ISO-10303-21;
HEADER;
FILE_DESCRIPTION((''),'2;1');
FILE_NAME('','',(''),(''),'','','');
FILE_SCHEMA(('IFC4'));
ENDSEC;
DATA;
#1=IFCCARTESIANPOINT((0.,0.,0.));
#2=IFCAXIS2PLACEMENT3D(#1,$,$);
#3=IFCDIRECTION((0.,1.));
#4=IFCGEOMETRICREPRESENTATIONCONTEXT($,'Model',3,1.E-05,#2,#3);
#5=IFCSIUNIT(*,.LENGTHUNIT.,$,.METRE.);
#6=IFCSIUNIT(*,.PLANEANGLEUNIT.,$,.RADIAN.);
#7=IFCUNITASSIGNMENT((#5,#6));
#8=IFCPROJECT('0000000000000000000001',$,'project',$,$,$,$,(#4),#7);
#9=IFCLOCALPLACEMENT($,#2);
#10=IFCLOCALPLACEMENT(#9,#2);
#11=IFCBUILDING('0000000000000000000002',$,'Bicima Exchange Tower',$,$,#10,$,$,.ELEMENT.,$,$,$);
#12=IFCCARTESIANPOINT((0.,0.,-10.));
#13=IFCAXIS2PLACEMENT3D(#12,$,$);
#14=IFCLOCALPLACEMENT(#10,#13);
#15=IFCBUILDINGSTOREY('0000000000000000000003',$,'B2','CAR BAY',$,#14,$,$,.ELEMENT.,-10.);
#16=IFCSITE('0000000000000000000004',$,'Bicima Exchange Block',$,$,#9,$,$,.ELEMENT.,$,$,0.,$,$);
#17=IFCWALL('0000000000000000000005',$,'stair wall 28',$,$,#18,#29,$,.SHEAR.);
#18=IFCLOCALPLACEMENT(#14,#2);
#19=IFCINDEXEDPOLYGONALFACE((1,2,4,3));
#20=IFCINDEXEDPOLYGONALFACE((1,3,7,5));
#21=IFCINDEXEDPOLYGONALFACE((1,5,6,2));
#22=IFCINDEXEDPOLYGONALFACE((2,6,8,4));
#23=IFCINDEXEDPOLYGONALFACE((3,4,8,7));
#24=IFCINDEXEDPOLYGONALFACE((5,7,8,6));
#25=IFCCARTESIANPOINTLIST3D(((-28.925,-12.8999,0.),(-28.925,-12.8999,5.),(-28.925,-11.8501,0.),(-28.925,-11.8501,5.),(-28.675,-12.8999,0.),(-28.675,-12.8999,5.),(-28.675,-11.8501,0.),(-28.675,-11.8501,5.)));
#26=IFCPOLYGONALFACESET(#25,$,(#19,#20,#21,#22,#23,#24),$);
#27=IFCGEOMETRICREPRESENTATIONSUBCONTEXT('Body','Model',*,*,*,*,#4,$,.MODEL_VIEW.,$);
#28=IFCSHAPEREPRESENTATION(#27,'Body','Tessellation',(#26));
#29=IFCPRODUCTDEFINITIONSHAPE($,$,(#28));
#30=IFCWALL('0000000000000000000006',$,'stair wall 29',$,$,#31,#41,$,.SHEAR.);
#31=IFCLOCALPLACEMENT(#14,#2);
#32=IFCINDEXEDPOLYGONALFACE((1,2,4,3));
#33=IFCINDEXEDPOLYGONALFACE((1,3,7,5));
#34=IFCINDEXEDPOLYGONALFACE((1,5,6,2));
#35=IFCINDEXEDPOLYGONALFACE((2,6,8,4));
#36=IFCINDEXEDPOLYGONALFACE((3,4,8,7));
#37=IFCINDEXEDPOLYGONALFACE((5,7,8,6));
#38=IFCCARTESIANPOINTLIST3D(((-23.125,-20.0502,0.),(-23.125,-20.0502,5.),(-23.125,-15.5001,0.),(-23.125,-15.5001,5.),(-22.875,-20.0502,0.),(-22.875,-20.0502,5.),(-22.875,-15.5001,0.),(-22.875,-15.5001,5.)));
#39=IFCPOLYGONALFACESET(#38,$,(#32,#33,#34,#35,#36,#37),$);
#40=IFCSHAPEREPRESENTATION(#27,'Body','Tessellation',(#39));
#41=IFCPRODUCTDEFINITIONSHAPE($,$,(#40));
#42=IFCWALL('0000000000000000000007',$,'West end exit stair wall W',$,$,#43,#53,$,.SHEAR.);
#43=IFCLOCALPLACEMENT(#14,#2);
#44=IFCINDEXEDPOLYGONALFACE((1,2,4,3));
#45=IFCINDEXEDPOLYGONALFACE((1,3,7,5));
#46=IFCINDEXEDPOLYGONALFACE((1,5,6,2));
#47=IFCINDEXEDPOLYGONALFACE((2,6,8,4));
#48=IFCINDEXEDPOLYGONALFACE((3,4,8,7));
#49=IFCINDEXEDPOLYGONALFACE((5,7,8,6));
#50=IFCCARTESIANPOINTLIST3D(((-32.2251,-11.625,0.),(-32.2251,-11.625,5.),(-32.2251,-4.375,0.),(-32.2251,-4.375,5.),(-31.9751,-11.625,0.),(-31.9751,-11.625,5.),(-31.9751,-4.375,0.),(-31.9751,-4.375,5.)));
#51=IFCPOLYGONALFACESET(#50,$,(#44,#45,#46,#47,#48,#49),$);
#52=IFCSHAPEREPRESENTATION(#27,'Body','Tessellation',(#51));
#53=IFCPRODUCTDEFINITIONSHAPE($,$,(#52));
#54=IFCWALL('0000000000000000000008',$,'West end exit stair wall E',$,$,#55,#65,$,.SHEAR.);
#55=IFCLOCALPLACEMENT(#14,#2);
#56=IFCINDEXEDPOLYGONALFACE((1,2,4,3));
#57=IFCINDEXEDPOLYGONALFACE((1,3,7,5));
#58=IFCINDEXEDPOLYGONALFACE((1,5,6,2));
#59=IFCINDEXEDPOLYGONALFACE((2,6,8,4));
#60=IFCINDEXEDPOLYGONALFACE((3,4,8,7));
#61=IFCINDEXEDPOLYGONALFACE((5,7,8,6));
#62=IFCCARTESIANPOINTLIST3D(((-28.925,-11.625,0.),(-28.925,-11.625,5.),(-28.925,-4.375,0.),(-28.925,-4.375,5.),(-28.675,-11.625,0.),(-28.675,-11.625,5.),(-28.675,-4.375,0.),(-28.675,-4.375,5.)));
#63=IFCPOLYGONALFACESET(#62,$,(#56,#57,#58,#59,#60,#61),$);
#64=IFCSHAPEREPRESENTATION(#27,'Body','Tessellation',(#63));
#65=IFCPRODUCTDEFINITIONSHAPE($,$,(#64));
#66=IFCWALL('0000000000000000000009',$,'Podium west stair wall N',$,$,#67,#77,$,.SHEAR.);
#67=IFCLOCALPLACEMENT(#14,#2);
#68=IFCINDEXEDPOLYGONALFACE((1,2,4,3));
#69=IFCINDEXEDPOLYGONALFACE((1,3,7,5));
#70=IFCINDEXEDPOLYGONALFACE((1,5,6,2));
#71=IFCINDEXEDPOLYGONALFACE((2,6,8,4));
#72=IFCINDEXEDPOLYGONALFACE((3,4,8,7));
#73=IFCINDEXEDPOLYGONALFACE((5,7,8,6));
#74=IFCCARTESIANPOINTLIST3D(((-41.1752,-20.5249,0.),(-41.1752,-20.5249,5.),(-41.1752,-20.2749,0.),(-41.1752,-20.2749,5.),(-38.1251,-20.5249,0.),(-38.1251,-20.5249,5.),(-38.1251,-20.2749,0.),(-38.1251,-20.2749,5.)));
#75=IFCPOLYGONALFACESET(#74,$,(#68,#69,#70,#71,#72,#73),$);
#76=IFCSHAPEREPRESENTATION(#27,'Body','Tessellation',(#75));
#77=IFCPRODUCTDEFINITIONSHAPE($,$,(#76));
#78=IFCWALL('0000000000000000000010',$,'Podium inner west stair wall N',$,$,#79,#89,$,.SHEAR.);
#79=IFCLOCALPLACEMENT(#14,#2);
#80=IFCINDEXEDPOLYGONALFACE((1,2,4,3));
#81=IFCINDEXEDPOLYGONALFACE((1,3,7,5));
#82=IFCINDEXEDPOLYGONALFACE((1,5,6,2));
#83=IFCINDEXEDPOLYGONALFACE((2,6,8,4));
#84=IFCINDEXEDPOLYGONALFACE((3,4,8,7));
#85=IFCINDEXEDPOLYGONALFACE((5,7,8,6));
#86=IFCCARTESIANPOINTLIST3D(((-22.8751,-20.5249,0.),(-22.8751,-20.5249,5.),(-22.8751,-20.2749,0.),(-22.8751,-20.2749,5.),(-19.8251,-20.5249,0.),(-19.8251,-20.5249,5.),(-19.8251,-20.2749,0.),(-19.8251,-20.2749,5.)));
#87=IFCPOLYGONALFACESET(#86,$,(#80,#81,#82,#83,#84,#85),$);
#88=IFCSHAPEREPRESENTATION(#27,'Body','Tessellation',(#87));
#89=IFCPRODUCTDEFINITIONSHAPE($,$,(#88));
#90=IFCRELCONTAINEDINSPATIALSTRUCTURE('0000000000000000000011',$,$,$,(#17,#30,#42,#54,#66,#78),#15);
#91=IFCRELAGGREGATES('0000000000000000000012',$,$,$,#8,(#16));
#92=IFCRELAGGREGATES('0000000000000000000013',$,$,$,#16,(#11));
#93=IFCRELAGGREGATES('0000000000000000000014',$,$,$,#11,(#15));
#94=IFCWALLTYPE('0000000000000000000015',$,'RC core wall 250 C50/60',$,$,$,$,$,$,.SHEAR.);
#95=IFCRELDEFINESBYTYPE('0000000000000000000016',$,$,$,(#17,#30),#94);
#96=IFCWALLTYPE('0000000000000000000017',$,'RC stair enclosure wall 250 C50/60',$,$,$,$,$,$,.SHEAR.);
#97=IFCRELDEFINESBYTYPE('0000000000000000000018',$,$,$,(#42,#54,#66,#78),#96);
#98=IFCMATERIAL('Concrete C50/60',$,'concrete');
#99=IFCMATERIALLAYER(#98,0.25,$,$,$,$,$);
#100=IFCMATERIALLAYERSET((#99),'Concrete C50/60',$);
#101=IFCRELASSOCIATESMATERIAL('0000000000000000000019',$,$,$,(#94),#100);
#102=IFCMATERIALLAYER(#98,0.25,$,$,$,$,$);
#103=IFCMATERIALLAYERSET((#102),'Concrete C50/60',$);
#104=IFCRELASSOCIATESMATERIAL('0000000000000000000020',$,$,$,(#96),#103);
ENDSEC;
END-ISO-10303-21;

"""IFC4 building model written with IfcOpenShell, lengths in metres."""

from ifc_helpers import new_model, si_unit, direction, frame, frame_2d, origin, place, context, subcontext, project, spatial, rectangle, extrude, material, layer, layer_set, type_object, element, save


model = new_model("IFC4")

# Units and contexts
model_context = context("Model", 3, precision=1e-05, world=origin(), true_north=direction((0.0, 1.0)))
body_context = subcontext(model_context, "Body", "Model", "MODEL_VIEW")
ifc_project = project(units=[si_unit("LENGTHUNIT", "METRE"), si_unit("PLANEANGLEUNIT", "RADIAN")], contexts=[model_context])

# Site, building, storey
site_placement = place(None, origin())
site = spatial("IfcSite", under=ifc_project, at=site_placement, Name="Bicima Exchange Block", CompositionType="ELEMENT", RefElevation=0.0)
building_placement = place(site_placement, origin())
building = spatial("IfcBuilding", under=site, at=building_placement, Name="Bicima Exchange Tower", CompositionType="ELEMENT")
storey_placement = place(building_placement, frame((0.0, 0.0, -10.0)))
storey = spatial("IfcBuildingStorey", under=building, at=storey_placement, Name="B2", Description="CAR BAY", CompositionType="ELEMENT", Elevation=-10.0)

# Walls
ifc_material_1 = material(Name="Concrete C50/60", Category="concrete")
ifc_layer_1 = layer(ifc_material_1, 0.25)
ifc_layer_set_1 = layer_set([ifc_layer_1], Name="Concrete C50/60")
wall_type_1 = type_object("IfcWallType", Name="RC core wall 250 C50/60", PredefinedType="SHEAR", material=ifc_layer_set_1)
for number, where, z_axis, x_axis, name in (
    (1, (-28.8, -12.8999, 0.0), (0.0, 0.0, 1.0), (0.0, 1.0, 0.0), "stair wall 28"),
):
    element("IfcWall", number, at=place(storey_placement, frame(where, z_axis=z_axis, x_axis=x_axis)), inside=storey, type_object=wall_type_1, Name=name, PredefinedType="SHEAR", context=body_context, shape_type="SweptSolid", body=[
        extrude(rectangle(XDim=1.0498, YDim=0.25, at=frame_2d((0.5249, 0.0))), origin(), (0.0, 0.0, 1.0), 5.0),
    ])
wall_1_placement = place(storey_placement, frame((-23.0, -20.05, 0.0), z_axis=(0.0, 0.0, 1.0), x_axis=(0.0, 1.0, 0.0)))
element("IfcWall", 2, at=wall_1_placement, inside=storey, type_object=wall_type_1, Name="stair wall 29", PredefinedType="SHEAR", context=body_context, shape_type="SweptSolid", body=[
    extrude(rectangle(XDim=4.55, YDim=0.25, at=frame_2d((2.2749, 0.0))), origin(), (0.0, 0.0, 1.0), 5.0),
])
ifc_layer_2 = layer(ifc_material_1, 0.25)
ifc_layer_set_2 = layer_set([ifc_layer_2], Name="Concrete C50/60")
wall_type_2 = type_object("IfcWallType", Name="RC stair enclosure wall 250 C50/60", PredefinedType="SHEAR", material=ifc_layer_set_2)
for number, where, z_axis, x_axis, name in (
    (3, (-32.1001, -11.625, 0.0), (0.0, 0.0, 1.0), (0.0, 1.0, 0.0), "West end exit stair wall W"),
    (4, (-28.8, -11.625, 0.0), (0.0, 0.0, 1.0), (0.0, 1.0, 0.0), "West end exit stair wall E"),
):
    element("IfcWall", number, at=place(storey_placement, frame(where, z_axis=z_axis, x_axis=x_axis)), inside=storey, type_object=wall_type_2, Name=name, PredefinedType="SHEAR", context=body_context, shape_type="SweptSolid", body=[
        extrude(rectangle(XDim=7.25, YDim=0.25, at=frame_2d((3.625, 0.0))), origin(), (0.0, 0.0, 1.0), 5.0),
    ])
for number, where, z_axis, x_axis, name in (
    (5, (-41.175, -20.3999, 0.0), (0.0, 0.0, 1.0), (1.0, 0.0, 0.0), "Podium west stair wall N"),
    (6, (-22.875, -20.3999, 0.0), (0.0, 0.0, 1.0), (1.0, 0.0, 0.0), "Podium inner west stair wall N"),
):
    element("IfcWall", number, at=place(storey_placement, frame(where, z_axis=z_axis, x_axis=x_axis)), inside=storey, type_object=wall_type_2, Name=name, PredefinedType="SHEAR", context=body_context, shape_type="SweptSolid", body=[
        extrude(rectangle(XDim=3.05, YDim=0.25, at=frame_2d((1.5249, 0.0))), origin(), (0.0, 0.0, 1.0), 5.0),
    ])

save(model, "model.ifc")
